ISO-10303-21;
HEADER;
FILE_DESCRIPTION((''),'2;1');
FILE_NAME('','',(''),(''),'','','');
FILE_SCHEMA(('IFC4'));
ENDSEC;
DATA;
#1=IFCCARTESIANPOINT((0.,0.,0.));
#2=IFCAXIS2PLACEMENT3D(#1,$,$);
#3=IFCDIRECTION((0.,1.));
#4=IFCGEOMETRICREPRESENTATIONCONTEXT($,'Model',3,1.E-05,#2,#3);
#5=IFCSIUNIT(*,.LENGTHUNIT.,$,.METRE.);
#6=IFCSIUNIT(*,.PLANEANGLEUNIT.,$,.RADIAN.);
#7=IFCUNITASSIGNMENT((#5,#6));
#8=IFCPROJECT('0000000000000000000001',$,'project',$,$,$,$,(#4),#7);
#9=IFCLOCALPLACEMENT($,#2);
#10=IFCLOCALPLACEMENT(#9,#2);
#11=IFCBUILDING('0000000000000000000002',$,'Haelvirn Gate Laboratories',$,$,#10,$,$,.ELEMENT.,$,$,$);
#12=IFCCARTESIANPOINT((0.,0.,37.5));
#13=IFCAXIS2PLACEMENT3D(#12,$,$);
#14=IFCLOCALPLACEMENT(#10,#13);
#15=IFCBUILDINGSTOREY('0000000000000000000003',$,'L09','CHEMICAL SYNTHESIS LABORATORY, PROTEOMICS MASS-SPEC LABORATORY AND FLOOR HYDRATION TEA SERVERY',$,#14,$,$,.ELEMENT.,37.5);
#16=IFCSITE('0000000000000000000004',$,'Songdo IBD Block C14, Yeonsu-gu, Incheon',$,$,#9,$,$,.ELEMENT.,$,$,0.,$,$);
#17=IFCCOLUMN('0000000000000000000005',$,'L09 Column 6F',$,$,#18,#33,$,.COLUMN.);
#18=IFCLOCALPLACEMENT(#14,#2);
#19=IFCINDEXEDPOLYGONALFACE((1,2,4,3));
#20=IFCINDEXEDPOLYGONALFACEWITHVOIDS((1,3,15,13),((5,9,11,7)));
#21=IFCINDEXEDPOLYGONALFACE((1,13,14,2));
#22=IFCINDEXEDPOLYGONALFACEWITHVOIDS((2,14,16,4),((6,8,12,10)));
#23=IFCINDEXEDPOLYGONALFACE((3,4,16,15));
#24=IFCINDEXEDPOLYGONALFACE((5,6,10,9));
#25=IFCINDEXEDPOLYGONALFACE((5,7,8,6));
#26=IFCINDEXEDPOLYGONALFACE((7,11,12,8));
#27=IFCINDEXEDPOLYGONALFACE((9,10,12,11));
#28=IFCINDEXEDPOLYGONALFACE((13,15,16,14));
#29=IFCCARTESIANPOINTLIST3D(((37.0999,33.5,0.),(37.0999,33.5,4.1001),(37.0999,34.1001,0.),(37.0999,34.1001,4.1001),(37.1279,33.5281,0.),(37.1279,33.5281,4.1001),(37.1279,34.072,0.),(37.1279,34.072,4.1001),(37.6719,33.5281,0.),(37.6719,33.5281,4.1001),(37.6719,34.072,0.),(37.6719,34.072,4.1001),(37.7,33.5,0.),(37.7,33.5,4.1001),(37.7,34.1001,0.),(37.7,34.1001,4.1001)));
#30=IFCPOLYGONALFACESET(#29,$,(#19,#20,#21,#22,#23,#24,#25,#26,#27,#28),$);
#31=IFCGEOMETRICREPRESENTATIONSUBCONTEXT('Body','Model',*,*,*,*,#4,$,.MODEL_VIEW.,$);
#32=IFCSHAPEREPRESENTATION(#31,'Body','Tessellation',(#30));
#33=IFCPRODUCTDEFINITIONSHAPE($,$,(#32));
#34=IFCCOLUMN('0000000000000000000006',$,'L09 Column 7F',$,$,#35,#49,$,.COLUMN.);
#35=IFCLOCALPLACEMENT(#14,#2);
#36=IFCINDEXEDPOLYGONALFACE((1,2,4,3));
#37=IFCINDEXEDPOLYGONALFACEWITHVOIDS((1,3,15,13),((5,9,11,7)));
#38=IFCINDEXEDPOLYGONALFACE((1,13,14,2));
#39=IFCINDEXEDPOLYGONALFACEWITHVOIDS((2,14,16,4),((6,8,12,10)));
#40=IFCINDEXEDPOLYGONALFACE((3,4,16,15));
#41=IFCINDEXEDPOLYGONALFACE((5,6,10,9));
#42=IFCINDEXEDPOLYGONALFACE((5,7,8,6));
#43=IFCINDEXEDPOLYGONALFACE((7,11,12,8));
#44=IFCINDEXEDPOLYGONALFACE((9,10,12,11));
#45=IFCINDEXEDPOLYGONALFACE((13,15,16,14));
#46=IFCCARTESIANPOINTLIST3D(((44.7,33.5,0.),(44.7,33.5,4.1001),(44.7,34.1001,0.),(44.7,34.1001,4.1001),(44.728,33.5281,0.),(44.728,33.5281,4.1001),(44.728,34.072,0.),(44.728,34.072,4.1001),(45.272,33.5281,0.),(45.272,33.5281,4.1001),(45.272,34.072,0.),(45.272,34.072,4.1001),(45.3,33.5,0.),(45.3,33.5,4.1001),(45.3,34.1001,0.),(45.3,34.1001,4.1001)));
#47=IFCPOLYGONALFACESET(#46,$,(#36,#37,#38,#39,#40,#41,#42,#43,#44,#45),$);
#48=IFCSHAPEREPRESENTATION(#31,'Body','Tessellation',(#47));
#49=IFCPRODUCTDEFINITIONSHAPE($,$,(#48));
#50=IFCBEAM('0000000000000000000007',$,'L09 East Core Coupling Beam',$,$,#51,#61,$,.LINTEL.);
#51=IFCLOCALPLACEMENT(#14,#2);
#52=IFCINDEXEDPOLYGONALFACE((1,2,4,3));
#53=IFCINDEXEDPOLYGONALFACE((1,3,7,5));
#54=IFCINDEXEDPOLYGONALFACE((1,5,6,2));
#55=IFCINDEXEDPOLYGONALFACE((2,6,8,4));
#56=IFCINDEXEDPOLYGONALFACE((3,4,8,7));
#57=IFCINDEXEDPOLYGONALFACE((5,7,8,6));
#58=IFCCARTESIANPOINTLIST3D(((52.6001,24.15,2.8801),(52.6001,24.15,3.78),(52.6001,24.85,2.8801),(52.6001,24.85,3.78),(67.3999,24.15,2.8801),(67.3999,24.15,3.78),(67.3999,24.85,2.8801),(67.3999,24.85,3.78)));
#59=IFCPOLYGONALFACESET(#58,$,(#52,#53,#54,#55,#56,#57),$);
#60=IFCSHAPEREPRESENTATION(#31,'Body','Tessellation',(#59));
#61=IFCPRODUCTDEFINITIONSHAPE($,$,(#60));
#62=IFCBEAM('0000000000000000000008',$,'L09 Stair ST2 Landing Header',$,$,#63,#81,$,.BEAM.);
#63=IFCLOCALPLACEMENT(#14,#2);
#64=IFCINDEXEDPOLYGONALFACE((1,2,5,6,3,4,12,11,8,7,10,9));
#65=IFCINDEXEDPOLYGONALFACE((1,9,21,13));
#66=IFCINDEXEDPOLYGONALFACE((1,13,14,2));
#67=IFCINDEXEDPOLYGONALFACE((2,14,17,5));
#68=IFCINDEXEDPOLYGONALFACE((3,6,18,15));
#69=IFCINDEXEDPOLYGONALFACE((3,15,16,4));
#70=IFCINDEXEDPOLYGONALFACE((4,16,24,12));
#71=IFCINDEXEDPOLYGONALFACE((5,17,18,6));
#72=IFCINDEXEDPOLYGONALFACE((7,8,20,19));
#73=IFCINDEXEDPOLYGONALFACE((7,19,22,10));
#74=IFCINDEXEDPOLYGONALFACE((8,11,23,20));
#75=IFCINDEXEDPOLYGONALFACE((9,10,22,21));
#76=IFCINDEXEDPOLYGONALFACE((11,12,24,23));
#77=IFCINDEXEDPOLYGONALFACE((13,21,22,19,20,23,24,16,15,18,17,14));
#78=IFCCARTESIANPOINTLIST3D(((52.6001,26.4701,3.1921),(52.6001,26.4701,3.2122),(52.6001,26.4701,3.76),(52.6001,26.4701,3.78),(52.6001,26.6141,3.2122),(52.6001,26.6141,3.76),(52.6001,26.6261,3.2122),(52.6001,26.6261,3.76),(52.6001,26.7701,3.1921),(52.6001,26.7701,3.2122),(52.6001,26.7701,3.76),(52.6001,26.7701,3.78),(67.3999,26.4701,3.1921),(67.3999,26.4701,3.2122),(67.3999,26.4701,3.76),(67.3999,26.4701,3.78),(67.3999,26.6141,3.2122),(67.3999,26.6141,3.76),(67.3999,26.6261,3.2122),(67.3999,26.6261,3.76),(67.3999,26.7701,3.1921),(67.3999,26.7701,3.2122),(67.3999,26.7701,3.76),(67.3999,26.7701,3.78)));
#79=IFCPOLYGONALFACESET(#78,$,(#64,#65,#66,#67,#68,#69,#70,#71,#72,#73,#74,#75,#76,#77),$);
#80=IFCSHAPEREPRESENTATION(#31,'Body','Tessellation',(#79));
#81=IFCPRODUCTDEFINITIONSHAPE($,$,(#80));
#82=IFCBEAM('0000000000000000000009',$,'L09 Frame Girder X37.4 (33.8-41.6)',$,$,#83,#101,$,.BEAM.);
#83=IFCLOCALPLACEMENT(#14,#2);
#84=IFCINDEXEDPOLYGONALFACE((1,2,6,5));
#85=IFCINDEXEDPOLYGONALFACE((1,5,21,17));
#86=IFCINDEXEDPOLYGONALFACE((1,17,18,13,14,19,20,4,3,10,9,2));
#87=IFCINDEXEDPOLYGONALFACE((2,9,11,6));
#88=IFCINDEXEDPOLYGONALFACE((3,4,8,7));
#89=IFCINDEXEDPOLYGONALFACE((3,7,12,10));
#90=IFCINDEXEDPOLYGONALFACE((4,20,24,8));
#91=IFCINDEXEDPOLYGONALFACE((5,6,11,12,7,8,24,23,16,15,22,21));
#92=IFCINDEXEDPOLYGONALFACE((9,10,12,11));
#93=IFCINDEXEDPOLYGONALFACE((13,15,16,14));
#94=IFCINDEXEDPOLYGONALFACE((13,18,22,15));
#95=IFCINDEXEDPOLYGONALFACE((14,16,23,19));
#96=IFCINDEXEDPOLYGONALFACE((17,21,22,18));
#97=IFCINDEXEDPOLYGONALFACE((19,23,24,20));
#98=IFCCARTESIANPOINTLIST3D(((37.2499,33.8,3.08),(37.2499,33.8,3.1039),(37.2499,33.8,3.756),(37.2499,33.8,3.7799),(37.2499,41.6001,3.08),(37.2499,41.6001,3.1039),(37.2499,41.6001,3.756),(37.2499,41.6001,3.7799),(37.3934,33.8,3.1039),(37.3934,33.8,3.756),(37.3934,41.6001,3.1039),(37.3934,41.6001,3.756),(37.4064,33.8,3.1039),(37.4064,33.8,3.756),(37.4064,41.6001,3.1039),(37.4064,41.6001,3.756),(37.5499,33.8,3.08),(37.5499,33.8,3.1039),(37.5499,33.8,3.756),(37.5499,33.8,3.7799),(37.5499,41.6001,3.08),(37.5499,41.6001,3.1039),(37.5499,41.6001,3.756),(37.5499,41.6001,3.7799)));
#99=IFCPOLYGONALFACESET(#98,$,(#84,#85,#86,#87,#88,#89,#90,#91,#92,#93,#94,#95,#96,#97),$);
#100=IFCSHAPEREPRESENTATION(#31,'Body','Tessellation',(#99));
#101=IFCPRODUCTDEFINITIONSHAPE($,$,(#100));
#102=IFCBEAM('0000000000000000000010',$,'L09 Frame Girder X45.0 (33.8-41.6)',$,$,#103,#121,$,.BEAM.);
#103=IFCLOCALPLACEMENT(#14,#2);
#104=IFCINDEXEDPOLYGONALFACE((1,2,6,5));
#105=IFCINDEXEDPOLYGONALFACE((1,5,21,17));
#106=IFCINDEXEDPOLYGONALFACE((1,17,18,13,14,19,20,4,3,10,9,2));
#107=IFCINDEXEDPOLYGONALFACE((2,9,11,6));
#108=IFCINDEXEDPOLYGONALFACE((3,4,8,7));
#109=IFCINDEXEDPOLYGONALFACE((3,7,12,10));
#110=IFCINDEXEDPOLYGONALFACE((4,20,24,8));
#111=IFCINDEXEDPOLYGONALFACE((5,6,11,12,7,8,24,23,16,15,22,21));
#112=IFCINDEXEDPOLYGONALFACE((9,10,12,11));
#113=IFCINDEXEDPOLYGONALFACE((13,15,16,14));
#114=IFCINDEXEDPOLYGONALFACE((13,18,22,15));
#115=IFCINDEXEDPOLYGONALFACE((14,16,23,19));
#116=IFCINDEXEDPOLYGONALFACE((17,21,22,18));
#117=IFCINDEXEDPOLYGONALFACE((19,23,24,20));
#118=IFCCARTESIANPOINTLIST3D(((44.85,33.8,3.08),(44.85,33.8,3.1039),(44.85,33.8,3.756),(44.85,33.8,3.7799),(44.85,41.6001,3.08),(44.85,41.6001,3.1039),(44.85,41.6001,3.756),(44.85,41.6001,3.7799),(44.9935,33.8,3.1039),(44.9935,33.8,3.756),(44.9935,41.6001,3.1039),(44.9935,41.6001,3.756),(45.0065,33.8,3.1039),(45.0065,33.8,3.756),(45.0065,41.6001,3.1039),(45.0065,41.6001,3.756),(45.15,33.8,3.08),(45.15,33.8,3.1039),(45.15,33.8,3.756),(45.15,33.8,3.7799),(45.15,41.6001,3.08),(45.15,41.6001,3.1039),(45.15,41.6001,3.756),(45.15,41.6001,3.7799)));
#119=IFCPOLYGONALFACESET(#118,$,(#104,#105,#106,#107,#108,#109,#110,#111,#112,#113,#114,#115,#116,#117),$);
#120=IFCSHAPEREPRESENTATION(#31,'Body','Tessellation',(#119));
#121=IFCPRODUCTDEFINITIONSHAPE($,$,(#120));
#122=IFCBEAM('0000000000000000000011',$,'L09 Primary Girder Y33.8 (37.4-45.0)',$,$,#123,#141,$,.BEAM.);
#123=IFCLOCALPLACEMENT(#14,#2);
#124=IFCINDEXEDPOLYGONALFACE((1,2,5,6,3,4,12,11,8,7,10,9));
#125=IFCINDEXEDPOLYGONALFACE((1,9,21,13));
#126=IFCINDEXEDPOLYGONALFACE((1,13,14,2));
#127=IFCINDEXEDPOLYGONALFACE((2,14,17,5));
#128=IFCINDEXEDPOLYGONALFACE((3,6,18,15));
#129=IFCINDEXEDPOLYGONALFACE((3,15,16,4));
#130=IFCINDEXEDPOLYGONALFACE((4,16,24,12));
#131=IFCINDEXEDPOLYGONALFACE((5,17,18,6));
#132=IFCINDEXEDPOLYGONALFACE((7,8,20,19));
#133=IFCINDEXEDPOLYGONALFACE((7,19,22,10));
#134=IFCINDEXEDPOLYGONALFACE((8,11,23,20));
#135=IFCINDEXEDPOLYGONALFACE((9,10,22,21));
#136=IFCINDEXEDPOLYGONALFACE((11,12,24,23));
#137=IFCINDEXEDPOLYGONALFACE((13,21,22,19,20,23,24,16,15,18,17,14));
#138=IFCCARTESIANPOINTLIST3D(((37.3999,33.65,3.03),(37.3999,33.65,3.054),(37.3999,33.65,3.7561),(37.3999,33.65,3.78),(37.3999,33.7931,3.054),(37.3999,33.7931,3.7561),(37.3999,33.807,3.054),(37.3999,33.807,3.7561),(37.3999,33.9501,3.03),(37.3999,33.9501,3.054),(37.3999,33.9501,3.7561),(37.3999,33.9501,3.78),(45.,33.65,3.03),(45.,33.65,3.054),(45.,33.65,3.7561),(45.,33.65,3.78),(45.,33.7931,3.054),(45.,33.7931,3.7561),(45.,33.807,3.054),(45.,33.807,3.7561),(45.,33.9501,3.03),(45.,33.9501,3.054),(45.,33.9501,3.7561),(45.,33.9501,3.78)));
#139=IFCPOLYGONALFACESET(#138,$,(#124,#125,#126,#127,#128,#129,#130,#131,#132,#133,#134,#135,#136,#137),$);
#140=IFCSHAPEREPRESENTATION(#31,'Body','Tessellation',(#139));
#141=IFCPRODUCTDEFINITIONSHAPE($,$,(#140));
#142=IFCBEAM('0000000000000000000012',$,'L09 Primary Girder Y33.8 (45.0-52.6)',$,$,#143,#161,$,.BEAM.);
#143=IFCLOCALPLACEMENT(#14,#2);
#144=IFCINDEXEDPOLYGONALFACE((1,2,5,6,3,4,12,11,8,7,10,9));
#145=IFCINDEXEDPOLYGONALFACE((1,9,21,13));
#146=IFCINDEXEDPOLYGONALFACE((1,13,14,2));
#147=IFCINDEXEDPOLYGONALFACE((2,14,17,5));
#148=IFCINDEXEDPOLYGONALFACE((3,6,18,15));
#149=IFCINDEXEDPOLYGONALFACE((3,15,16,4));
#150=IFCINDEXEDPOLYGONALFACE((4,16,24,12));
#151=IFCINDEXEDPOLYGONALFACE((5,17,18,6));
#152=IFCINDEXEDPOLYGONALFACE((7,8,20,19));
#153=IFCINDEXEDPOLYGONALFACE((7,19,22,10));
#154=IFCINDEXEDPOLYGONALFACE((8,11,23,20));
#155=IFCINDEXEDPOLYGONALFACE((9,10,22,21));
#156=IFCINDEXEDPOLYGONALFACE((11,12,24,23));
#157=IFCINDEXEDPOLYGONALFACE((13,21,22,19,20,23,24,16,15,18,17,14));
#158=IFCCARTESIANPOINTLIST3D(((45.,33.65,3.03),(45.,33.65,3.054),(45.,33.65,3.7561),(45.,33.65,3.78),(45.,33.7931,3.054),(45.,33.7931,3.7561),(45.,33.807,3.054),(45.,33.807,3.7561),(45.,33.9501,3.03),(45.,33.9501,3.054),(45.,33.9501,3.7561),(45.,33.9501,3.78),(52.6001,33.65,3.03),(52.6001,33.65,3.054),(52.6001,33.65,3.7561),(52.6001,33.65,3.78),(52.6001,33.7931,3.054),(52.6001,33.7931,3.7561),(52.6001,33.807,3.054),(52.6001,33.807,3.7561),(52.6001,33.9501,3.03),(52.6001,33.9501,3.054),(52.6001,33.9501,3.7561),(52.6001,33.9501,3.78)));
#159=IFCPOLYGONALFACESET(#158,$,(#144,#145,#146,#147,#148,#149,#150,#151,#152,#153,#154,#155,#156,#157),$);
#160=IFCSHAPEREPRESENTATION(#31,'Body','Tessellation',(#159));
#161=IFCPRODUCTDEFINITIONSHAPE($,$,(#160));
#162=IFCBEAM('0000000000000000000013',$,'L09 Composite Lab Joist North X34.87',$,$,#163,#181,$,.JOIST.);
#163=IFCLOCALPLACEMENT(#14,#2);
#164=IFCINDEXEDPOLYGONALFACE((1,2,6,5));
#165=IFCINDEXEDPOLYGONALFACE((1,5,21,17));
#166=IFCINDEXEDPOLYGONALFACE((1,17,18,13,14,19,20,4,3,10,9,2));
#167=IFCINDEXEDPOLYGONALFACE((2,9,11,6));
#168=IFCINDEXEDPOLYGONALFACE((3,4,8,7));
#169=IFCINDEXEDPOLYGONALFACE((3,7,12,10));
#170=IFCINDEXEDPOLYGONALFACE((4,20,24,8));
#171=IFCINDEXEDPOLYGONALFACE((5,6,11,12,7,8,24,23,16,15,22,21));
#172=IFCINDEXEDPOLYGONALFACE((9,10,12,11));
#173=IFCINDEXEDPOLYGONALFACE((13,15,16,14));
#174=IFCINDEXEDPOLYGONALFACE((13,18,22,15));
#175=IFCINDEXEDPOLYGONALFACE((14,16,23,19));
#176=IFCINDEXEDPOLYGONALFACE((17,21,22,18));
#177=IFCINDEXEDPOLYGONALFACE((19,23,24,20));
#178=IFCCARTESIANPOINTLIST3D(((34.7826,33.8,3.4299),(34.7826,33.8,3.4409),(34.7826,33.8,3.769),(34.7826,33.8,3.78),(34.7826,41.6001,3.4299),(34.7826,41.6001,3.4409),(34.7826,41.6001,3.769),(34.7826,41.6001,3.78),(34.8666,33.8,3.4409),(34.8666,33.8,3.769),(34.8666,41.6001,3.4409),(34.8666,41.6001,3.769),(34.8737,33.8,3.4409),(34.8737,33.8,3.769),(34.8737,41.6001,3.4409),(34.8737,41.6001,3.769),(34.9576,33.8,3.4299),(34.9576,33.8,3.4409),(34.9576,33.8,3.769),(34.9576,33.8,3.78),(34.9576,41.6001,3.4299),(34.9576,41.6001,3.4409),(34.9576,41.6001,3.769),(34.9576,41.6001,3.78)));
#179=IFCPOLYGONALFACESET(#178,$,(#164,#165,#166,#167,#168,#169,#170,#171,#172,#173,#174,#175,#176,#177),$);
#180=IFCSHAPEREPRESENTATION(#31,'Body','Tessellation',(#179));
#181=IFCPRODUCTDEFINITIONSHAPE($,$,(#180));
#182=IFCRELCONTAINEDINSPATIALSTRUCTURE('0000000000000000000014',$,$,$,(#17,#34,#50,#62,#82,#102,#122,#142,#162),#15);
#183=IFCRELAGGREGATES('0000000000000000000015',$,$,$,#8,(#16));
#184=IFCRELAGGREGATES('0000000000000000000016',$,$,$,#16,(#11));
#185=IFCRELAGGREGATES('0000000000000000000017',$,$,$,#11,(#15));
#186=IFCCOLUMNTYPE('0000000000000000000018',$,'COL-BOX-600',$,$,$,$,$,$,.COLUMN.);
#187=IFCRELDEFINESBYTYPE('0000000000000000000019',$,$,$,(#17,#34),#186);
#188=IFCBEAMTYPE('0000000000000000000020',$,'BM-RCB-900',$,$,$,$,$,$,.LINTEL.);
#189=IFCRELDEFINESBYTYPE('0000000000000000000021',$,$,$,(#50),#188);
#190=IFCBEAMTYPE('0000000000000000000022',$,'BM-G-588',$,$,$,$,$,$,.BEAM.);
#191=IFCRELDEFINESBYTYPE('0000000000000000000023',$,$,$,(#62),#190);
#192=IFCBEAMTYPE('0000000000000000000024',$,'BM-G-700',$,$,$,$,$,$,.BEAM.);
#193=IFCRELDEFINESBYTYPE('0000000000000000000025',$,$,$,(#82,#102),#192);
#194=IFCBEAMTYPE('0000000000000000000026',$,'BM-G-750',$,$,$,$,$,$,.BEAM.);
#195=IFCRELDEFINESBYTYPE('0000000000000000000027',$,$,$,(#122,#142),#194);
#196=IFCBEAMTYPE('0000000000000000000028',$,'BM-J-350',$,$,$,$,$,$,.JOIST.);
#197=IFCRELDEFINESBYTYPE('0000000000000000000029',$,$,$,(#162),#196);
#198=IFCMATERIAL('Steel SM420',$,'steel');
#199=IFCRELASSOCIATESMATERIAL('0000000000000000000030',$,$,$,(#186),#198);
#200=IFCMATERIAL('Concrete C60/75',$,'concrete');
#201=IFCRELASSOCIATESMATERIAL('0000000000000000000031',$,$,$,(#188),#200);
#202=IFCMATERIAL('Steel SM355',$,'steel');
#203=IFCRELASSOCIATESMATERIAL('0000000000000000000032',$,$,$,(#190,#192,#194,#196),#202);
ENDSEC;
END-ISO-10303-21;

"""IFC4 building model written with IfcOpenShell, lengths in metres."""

from ifc_helpers import new_model, si_unit, direction, frame, origin, origin_2d, place, context, subcontext, project, spatial, rectangle, hollow_rectangle, i_section, extrude, source, transform, mapped, material, material_profile, profile_set, type_object, type_shapes, element, save


model = new_model("IFC4")

# Units and contexts
model_context = context("Model", 3, precision=1e-05, world=origin(), true_north=direction((0.0, 1.0)))
body_context = subcontext(model_context, "Body", "Model", "MODEL_VIEW")
ifc_project = project(units=[si_unit("LENGTHUNIT", "METRE"), si_unit("PLANEANGLEUNIT", "RADIAN")], contexts=[model_context])

# Site, building, storey
site_placement = place(None, origin())
site = spatial("IfcSite", under=ifc_project, at=site_placement, Name="Songdo IBD Block C14, Yeonsu-gu, Incheon", CompositionType="ELEMENT", RefElevation=0.0)
building_placement = place(site_placement, origin())
building = spatial("IfcBuilding", under=site, at=building_placement, Name="Haelvirn Gate Laboratories", CompositionType="ELEMENT")
storey_placement = place(building_placement, frame((0.0, 0.0, 37.5)))
storey = spatial("IfcBuildingStorey", under=building, at=storey_placement, Name="L09", Description="CHEMICAL SYNTHESIS LABORATORY, PROTEOMICS MASS-SPEC LABORATORY AND FLOOR HYDRATION TEA SERVERY", CompositionType="ELEMENT", Elevation=37.5)

# Columns
ifc_material_1 = material(Name="Steel SM420", Category="steel")
ifc_material_profile_1 = material_profile(ifc_material_1, hollow_rectangle(XDim=0.6001, YDim=0.6001, WallThickness=0.0281, at=origin_2d()), Name="BOX-600x600x28")
ifc_profile_set_1 = profile_set([ifc_material_profile_1], Name="Steel SM420")
column_type = type_object("IfcColumnType", Name="COL-BOX-600", PredefinedType="COLUMN", material=ifc_profile_set_1)
shared_shape_1 = source(origin(), body_context, "Body", "SweptSolid", [
    extrude(hollow_rectangle(XDim=0.6001, YDim=0.6001, WallThickness=0.0281, at=origin_2d()), origin(), (0.0, 0.0, 1.0), 4.1001),
])
type_shapes(column_type, [shared_shape_1])
for number, where, z_axis, x_axis, name in (
    (1, (37.3999, 33.8, 0.0), (0.0, 0.0, 1.0), (1.0, 0.0, 0.0), "L09 Column 6F"),
    (2, (45.0, 33.8, 0.0), (0.0, 0.0, 1.0), (1.0, 0.0, 0.0), "L09 Column 7F"),
):
    element("IfcColumn", number, at=place(storey_placement, frame(where, z_axis=z_axis, x_axis=x_axis)), inside=storey, type_object=column_type, Name=name, PredefinedType="COLUMN", context=body_context, shape_type="MappedRepresentation", body=[
        mapped(shared_shape_1, transform((0.0, 0.0, 0.0), scale=1.0)),
    ])

# Beams
ifc_material_2 = material(Name="Concrete C60/75", Category="concrete")
ifc_material_profile_2 = material_profile(ifc_material_2, rectangle(XDim=0.7, YDim=0.8999, at=origin_2d()), Name="RCB-700x900")
ifc_profile_set_2 = profile_set([ifc_material_profile_2], Name="Concrete C60/75")
beam_type_1 = type_object("IfcBeamType", Name="BM-RCB-900", PredefinedType="LINTEL", material=ifc_profile_set_2)
shared_shape_2 = source(origin(), body_context, "Body", "SweptSolid", [
    extrude(rectangle(XDim=0.7, YDim=0.8999, at=origin_2d()), origin(), (0.0, 0.0, 1.0), 14.7998),
])
type_shapes(beam_type_1, [shared_shape_2])
beam_1_placement = place(storey_placement, frame((52.6001, 24.5, 3.3301), z_axis=(1.0, 0.0, 0.0), x_axis=(0.0, 1.0, 0.0)))
element("IfcBeam", 3, at=beam_1_placement, inside=storey, type_object=beam_type_1, Name="L09 East Core Coupling Beam", PredefinedType="LINTEL", context=body_context, shape_type="MappedRepresentation", body=[
    mapped(shared_shape_2, transform((0.0, 0.0, 0.0), scale=1.0)),
])
ifc_material_3 = material(Name="Steel SM355", Category="steel")
ifc_material_profile_3 = material_profile(ifc_material_3, i_section(OverallWidth=0.3, OverallDepth=0.5879, WebThickness=0.012, FlangeThickness=0.02, at=origin_2d()), Name="H-588x300x12x20")
ifc_profile_set_3 = profile_set([ifc_material_profile_3], Name="Steel SM355")
beam_type_2 = type_object("IfcBeamType", Name="BM-G-588", PredefinedType="BEAM", material=ifc_profile_set_3)
shared_shape_3 = source(origin(), body_context, "Body", "SweptSolid", [
    extrude(i_section(OverallWidth=0.3, OverallDepth=0.5879, WebThickness=0.012, FlangeThickness=0.02, at=origin_2d()), origin(), (0.0, 0.0, 1.0), 14.7998),
])
type_shapes(beam_type_2, [shared_shape_3])
beam_2_placement = place(storey_placement, frame((52.6001, 26.6201, 3.4861), z_axis=(1.0, 0.0, 0.0), x_axis=(0.0, 1.0, 0.0)))
element("IfcBeam", 4, at=beam_2_placement, inside=storey, type_object=beam_type_2, Name="L09 Stair ST2 Landing Header", PredefinedType="BEAM", context=body_context, shape_type="MappedRepresentation", body=[
    mapped(shared_shape_3, transform((0.0, 0.0, 0.0), scale=1.0)),
])
ifc_material_profile_4 = material_profile(ifc_material_3, i_section(OverallWidth=0.3, OverallDepth=0.7, WebThickness=0.0129, FlangeThickness=0.0239, at=origin_2d()), Name="H-700x300x13x24")
ifc_profile_set_4 = profile_set([ifc_material_profile_4], Name="Steel SM355")
beam_type_3 = type_object("IfcBeamType", Name="BM-G-700", PredefinedType="BEAM", material=ifc_profile_set_4)
shared_shape_4 = source(origin(), body_context, "Body", "SweptSolid", [
    extrude(i_section(OverallWidth=0.3, OverallDepth=0.7, WebThickness=0.0129, FlangeThickness=0.0239, at=origin_2d()), origin(), (0.0, 0.0, 1.0), 7.8),
])
type_shapes(beam_type_3, [shared_shape_4])
for number, where, z_axis, x_axis, name in (
    (5, (37.3999, 33.8, 3.4299), (0.0, 1.0, 0.0), (-1.0, 0.0, 0.0), "L09 Frame Girder X37.4 (33.8-41.6)"),
    (6, (45.0, 33.8, 3.4299), (0.0, 1.0, 0.0), (-1.0, 0.0, 0.0), "L09 Frame Girder X45.0 (33.8-41.6)"),
):
    element("IfcBeam", number, at=place(storey_placement, frame(where, z_axis=z_axis, x_axis=x_axis)), inside=storey, type_object=beam_type_3, Name=name, PredefinedType="BEAM", context=body_context, shape_type="MappedRepresentation", body=[
        mapped(shared_shape_4, transform((0.0, 0.0, 0.0), scale=1.0)),
    ])
ifc_material_profile_5 = material_profile(ifc_material_3, i_section(OverallWidth=0.3, OverallDepth=0.75, WebThickness=0.0139, FlangeThickness=0.0239, at=origin_2d()), Name="H-750x300x14x24")
ifc_profile_set_5 = profile_set([ifc_material_profile_5], Name="Steel SM355")
beam_type_4 = type_object("IfcBeamType", Name="BM-G-750", PredefinedType="BEAM", material=ifc_profile_set_5)
shared_shape_5 = source(origin(), body_context, "Body", "SweptSolid", [
    extrude(i_section(OverallWidth=0.3, OverallDepth=0.75, WebThickness=0.0139, FlangeThickness=0.0239, at=origin_2d()), origin(), (0.0, 0.0, 1.0), 7.6001),
])
type_shapes(beam_type_4, [shared_shape_5])
for number, where, z_axis, x_axis, name in (
    (7, (37.3999, 33.8, 3.405), (1.0, 0.0, 0.0), (0.0, 1.0, 0.0), "L09 Primary Girder Y33.8 (37.4-45.0)"),
    (8, (45.0, 33.8, 3.405), (1.0, 0.0, 0.0), (0.0, 1.0, 0.0), "L09 Primary Girder Y33.8 (45.0-52.6)"),
):
    element("IfcBeam", number, at=place(storey_placement, frame(where, z_axis=z_axis, x_axis=x_axis)), inside=storey, type_object=beam_type_4, Name=name, PredefinedType="BEAM", context=body_context, shape_type="MappedRepresentation", body=[
        mapped(shared_shape_5, transform((0.0, 0.0, 0.0), scale=1.0)),
    ])
ifc_material_profile_6 = material_profile(ifc_material_3, i_section(OverallWidth=0.175, OverallDepth=0.3501, WebThickness=0.0071, FlangeThickness=0.011, at=origin_2d()), Name="H-350x175x7x11")
ifc_profile_set_6 = profile_set([ifc_material_profile_6], Name="Steel SM355")
beam_type_5 = type_object("IfcBeamType", Name="BM-J-350", PredefinedType="JOIST", material=ifc_profile_set_6)
shared_shape_6 = source(origin(), body_context, "Body", "SweptSolid", [
    extrude(i_section(OverallWidth=0.175, OverallDepth=0.3501, WebThickness=0.0071, FlangeThickness=0.011, at=origin_2d()), origin(), (0.0, 0.0, 1.0), 7.8),
])
type_shapes(beam_type_5, [shared_shape_6])
for number, where, z_axis, x_axis, name in (
    (9, (34.8701, 33.8, 3.605), (0.0, 1.0, 0.0), (-1.0, 0.0, 0.0), "L09 Composite Lab Joist North X34.87"),
):
    element("IfcBeam", number, at=place(storey_placement, frame(where, z_axis=z_axis, x_axis=x_axis)), inside=storey, type_object=beam_type_5, Name=name, PredefinedType="JOIST", context=body_context, shape_type="MappedRepresentation", body=[
        mapped(shared_shape_6, transform((0.0, 0.0, 0.0), scale=1.0)),
    ])

save(model, "model.ifc")
